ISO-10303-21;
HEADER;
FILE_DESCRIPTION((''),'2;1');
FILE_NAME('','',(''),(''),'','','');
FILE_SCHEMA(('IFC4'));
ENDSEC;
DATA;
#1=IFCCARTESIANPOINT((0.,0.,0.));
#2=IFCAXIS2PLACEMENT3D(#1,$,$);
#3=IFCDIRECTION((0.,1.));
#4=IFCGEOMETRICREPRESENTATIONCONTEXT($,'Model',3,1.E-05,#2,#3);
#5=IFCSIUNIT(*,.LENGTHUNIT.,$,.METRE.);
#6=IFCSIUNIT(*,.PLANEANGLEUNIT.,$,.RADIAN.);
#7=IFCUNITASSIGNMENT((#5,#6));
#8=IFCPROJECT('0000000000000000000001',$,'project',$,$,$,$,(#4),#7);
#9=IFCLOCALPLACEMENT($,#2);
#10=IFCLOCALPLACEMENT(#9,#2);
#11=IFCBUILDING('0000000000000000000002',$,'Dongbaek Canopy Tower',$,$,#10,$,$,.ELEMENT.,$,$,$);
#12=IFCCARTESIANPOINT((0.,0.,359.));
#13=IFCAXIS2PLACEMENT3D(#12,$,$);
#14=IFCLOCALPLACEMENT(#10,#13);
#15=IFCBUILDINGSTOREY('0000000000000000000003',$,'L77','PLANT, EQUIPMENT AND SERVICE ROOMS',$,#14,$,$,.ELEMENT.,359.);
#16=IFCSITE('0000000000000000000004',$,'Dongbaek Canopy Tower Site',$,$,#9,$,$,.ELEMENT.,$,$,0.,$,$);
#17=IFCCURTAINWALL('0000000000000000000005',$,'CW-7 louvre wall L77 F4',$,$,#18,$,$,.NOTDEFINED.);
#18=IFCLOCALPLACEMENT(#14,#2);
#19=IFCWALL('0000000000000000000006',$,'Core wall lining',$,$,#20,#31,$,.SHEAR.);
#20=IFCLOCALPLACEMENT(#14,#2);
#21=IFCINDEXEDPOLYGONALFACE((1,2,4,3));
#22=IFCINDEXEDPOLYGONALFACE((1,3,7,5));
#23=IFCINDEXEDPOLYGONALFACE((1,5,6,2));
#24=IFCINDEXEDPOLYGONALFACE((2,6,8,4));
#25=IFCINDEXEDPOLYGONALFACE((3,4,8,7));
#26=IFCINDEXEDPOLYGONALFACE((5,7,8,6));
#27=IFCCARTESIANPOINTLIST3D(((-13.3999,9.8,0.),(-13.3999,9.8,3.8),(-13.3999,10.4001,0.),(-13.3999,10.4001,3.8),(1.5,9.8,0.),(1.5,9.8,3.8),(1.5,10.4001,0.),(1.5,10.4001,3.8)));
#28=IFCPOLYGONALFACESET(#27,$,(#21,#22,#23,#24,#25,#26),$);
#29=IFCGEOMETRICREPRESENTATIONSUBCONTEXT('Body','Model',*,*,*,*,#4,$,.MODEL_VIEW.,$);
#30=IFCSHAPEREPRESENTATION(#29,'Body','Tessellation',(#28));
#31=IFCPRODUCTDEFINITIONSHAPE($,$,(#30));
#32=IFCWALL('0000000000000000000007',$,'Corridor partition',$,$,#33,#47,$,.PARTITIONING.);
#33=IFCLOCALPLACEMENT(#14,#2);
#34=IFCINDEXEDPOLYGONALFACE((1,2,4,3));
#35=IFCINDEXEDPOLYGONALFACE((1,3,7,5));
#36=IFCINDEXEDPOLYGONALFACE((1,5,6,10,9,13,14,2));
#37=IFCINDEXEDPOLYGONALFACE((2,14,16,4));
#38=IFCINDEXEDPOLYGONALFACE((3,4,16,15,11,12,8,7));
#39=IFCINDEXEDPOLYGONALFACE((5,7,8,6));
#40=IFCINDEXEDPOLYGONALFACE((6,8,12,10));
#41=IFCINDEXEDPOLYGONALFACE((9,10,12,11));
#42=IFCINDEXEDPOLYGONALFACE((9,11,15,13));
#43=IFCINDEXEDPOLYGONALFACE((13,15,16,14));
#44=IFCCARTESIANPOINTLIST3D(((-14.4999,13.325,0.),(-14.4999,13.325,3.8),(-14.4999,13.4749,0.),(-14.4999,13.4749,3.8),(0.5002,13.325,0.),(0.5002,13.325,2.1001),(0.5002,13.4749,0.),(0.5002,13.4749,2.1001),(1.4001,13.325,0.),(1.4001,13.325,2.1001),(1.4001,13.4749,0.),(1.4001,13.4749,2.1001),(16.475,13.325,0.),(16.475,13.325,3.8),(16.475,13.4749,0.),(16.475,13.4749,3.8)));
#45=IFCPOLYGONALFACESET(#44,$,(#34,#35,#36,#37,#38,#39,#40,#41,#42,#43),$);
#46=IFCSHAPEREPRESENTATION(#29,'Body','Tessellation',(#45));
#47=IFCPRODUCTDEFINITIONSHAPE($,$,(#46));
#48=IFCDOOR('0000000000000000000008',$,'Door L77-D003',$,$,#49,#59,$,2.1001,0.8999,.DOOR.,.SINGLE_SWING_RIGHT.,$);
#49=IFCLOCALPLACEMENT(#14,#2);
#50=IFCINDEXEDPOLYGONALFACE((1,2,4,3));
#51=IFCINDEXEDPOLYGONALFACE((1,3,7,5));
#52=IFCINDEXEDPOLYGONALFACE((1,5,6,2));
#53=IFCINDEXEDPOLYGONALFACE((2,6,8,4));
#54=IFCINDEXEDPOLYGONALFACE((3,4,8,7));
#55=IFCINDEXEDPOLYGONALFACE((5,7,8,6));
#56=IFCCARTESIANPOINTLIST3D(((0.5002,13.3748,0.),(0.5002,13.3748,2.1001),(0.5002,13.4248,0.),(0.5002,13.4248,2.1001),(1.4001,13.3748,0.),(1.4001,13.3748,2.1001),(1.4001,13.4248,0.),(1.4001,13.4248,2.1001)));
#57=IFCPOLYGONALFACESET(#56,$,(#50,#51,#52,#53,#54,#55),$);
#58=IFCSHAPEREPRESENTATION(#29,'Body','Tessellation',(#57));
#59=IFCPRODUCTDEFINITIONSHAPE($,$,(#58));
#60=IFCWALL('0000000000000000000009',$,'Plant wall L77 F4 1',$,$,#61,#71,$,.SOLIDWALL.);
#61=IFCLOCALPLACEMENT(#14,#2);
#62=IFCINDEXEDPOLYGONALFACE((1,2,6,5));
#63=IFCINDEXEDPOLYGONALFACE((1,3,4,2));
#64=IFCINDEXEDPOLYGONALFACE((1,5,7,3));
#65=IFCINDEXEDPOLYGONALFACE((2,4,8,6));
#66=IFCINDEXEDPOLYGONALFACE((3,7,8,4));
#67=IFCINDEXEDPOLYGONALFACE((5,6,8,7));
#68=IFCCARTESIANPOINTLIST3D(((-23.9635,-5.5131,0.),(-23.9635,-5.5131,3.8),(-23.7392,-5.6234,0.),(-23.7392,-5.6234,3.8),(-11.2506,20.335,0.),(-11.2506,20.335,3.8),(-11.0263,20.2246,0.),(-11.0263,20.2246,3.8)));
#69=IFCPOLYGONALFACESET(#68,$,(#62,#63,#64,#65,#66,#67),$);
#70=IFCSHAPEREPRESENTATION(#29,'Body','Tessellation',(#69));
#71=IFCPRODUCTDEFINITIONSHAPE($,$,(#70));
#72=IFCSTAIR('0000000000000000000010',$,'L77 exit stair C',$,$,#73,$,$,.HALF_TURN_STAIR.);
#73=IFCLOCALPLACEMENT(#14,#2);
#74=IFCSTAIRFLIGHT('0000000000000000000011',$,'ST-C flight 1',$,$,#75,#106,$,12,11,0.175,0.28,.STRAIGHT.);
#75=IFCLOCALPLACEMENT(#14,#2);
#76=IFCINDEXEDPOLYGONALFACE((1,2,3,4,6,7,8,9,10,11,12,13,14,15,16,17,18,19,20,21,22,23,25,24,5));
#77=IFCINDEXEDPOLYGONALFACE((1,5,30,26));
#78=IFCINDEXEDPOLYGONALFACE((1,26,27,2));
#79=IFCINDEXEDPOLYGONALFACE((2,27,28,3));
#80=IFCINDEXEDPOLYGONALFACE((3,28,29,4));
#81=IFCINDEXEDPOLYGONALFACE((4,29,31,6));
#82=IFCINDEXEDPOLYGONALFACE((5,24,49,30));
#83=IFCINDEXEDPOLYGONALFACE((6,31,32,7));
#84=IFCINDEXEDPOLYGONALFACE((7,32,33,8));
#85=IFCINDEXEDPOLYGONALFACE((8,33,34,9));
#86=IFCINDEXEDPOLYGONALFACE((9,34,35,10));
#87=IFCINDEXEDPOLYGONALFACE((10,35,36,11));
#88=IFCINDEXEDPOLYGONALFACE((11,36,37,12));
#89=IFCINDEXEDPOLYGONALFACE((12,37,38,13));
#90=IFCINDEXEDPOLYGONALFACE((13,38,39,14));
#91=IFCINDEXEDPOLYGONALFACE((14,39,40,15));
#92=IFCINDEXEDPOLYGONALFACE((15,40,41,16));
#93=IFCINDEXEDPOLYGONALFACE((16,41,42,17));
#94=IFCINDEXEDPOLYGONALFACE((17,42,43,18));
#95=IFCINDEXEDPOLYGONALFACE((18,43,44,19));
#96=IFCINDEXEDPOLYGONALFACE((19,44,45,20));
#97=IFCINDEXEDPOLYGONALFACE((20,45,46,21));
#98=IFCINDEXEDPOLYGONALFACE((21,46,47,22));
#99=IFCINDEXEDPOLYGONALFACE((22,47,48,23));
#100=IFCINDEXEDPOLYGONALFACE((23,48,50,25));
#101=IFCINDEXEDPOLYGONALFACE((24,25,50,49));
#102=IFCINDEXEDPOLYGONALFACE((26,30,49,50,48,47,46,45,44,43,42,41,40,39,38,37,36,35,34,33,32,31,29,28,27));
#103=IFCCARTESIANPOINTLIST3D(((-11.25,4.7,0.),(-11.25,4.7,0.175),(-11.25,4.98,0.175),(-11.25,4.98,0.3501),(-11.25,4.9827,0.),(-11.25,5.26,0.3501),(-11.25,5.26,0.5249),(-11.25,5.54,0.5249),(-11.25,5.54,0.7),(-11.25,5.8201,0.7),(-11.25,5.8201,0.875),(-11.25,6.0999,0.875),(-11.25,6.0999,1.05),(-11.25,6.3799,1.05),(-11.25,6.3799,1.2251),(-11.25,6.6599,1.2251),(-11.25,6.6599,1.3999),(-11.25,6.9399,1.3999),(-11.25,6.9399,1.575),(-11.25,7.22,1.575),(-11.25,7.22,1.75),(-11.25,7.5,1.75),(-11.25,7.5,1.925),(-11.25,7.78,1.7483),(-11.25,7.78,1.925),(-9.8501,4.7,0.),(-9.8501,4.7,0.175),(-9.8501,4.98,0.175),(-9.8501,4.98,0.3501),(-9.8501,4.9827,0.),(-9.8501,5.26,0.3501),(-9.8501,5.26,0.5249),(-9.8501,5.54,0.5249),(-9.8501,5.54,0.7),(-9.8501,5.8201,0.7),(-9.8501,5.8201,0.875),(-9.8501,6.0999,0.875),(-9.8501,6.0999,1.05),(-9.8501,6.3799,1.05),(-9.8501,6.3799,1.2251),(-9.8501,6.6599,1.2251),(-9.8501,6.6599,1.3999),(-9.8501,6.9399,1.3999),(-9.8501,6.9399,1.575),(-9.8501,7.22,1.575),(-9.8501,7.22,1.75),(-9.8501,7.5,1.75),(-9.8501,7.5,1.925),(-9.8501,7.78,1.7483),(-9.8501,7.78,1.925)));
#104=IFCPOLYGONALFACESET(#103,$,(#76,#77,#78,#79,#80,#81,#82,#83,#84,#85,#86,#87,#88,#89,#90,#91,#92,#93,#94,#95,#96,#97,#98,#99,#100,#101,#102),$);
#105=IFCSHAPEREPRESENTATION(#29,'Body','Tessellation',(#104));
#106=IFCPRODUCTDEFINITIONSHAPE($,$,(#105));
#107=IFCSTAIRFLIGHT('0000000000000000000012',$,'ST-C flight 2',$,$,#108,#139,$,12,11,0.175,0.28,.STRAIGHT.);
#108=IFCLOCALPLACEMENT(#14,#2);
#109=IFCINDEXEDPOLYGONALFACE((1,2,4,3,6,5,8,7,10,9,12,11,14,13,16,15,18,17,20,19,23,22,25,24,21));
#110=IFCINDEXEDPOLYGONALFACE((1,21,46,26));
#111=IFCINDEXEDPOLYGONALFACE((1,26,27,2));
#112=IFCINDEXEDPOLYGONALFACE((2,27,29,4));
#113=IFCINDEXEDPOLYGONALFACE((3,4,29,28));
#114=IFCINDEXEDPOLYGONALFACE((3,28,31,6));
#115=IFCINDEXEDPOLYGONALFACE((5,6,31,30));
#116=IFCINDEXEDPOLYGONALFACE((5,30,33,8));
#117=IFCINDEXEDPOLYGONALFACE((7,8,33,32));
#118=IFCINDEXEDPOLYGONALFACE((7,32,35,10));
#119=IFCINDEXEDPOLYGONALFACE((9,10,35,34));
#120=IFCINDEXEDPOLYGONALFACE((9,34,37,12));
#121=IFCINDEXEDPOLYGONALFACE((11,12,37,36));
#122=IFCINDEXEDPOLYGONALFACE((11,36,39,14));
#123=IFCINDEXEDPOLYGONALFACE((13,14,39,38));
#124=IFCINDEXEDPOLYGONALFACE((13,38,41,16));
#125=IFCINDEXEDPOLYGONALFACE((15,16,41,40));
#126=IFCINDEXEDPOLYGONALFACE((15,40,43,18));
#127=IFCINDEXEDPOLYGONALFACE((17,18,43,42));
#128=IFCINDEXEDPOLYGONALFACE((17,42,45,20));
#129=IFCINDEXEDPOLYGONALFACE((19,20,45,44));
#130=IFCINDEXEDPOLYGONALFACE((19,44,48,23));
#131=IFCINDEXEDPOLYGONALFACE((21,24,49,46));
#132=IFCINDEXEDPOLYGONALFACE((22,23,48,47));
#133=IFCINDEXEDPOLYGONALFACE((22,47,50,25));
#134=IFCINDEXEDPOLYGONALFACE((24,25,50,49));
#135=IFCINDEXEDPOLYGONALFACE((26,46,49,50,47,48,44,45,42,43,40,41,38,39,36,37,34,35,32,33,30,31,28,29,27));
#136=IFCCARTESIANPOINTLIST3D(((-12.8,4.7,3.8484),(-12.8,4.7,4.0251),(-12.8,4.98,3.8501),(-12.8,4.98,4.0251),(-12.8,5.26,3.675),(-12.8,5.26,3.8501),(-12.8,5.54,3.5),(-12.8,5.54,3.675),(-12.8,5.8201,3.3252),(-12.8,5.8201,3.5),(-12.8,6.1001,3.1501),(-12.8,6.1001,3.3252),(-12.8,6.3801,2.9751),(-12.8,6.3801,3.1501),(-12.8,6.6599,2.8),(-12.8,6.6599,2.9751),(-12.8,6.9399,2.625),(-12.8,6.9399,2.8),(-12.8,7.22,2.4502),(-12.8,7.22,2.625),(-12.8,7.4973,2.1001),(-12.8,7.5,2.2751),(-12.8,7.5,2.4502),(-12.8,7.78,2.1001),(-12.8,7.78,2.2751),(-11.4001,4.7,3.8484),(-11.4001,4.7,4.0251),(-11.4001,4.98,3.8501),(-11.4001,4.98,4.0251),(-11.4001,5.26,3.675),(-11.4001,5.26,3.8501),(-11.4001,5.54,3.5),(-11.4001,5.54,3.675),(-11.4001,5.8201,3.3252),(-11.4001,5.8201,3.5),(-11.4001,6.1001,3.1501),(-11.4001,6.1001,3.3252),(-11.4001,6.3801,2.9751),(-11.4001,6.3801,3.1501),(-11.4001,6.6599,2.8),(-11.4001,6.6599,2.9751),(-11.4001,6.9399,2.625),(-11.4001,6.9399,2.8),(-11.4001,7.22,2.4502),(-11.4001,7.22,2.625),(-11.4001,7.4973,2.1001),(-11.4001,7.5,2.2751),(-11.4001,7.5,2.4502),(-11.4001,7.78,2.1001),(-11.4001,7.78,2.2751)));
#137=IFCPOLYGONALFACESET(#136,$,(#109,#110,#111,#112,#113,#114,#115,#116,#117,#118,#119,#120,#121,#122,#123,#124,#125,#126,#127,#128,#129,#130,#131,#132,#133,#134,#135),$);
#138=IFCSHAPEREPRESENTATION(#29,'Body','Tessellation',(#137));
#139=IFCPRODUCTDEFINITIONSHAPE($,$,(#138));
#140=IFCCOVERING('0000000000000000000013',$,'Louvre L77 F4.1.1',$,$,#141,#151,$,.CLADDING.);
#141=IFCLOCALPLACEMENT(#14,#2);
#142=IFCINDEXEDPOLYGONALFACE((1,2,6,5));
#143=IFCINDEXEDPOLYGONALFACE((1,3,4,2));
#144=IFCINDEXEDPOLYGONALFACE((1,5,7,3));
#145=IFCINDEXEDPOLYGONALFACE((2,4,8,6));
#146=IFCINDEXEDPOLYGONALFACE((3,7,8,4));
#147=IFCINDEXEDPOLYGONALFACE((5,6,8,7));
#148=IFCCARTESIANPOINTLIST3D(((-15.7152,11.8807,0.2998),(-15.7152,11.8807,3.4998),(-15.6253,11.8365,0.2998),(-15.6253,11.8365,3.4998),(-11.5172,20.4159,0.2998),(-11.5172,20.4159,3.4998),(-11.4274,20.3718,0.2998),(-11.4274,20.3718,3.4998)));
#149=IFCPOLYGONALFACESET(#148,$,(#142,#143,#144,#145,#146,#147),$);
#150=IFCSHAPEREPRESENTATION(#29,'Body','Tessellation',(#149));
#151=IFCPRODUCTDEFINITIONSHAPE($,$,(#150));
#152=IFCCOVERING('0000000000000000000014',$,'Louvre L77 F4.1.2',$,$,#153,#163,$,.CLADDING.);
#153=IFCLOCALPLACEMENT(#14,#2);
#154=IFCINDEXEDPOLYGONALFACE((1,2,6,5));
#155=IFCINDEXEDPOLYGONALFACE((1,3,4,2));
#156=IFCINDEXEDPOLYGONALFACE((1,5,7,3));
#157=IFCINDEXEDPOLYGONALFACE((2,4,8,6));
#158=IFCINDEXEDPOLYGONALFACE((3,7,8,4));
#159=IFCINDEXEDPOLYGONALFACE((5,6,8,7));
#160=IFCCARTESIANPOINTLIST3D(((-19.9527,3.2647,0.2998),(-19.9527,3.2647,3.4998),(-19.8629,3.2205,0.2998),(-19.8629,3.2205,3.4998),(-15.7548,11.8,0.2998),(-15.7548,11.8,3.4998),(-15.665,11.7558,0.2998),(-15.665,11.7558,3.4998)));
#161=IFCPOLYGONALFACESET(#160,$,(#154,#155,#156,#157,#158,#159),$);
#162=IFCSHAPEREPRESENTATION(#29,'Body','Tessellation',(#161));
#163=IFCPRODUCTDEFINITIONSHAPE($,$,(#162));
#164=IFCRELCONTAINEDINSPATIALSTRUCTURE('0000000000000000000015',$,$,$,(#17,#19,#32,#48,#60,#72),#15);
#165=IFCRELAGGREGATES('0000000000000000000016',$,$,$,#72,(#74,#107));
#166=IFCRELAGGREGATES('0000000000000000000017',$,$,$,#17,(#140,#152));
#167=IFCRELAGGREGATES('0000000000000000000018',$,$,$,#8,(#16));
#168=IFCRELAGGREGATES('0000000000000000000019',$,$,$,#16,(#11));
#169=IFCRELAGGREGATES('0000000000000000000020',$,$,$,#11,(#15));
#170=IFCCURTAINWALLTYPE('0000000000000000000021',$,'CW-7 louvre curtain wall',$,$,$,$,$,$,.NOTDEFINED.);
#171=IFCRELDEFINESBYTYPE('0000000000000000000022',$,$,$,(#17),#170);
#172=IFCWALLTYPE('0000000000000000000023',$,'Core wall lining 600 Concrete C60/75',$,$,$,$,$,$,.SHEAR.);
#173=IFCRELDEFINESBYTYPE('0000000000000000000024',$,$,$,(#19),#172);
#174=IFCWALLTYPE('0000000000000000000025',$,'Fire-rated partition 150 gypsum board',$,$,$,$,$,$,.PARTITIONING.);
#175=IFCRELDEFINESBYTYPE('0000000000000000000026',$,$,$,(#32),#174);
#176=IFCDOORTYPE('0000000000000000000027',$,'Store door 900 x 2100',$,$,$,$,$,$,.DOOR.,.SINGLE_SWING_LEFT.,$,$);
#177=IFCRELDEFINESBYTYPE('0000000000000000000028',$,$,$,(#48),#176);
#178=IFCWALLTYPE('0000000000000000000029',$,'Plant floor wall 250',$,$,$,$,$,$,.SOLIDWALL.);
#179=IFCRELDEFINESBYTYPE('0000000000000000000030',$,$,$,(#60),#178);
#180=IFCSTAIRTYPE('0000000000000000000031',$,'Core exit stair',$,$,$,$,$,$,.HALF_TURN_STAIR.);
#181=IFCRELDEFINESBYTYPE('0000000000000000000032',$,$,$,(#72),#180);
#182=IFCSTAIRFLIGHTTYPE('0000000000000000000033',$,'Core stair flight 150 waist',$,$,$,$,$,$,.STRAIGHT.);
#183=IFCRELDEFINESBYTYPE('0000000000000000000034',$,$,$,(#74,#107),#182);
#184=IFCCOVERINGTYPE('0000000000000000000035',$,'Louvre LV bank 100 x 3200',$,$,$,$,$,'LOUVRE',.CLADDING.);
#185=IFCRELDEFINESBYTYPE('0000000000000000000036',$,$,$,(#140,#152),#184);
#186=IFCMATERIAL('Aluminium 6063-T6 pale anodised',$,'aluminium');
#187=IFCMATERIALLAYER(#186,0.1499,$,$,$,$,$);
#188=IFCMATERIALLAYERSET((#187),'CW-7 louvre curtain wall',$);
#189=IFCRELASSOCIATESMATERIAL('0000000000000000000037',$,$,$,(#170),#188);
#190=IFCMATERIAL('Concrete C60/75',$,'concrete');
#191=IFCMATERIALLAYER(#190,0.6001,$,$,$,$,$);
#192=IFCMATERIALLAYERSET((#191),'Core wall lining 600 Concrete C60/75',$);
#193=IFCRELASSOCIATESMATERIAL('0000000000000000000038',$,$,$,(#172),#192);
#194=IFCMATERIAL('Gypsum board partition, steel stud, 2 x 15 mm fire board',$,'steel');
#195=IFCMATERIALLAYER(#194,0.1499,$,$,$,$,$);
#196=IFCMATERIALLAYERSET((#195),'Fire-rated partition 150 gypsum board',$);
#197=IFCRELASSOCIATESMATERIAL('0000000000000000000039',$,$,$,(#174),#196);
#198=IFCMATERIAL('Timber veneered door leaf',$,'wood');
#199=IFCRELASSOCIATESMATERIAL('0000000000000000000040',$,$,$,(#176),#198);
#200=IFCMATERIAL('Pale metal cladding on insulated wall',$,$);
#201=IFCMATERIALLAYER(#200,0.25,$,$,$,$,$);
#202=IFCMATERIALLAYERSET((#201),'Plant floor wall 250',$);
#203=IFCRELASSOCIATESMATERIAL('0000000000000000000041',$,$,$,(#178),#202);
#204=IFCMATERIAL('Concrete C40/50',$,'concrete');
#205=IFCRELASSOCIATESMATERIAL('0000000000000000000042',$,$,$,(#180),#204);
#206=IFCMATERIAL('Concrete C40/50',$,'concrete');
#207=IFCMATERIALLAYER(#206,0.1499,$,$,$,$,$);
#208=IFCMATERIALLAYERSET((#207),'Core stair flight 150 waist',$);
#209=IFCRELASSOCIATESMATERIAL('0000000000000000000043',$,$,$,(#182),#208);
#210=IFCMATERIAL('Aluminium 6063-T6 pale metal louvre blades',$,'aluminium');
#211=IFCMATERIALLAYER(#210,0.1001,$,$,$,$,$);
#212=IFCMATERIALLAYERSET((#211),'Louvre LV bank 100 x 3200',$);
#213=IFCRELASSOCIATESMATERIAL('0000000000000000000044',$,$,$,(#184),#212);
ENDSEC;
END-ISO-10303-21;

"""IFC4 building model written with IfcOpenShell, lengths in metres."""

from ifc_helpers import new_model, si_unit, direction, frame, frame_2d, origin, origin_2d, place, context, subcontext, project, spatial, polyline, rectangle, outline, extrude, material, layer, layer_set, type_object, element, fill, aggregate, save


model = new_model("IFC4")

# Units and contexts
model_context = context("Model", 3, precision=1e-05, world=origin(), true_north=direction((0.0, 1.0)))
body_context = subcontext(model_context, "Body", "Model", "MODEL_VIEW")
ifc_project = project(units=[si_unit("LENGTHUNIT", "METRE"), si_unit("PLANEANGLEUNIT", "RADIAN")], contexts=[model_context])

# Site, building, storey
site_placement = place(None, origin())
site = spatial("IfcSite", under=ifc_project, at=site_placement, Name="Dongbaek Canopy Tower Site", CompositionType="ELEMENT", RefElevation=0.0)
building_placement = place(site_placement, origin())
building = spatial("IfcBuilding", under=site, at=building_placement, Name="Dongbaek Canopy Tower", CompositionType="ELEMENT")
storey_placement = place(building_placement, frame((0.0, 0.0, 359.0)))
storey = spatial("IfcBuildingStorey", under=building, at=storey_placement, Name="L77", Description="PLANT, EQUIPMENT AND SERVICE ROOMS", CompositionType="ELEMENT", Elevation=359.0)

# Shared definitions
ifc_material_1 = material(Name="Aluminium 6063-T6 pale anodised", Category="aluminium")
ifc_layer_1 = layer(ifc_material_1, 0.1499)
ifc_layer_set_1 = layer_set([ifc_layer_1], Name="CW-7 louvre curtain wall")
curtain_wall_type = type_object("IfcCurtainWallType", Name="CW-7 louvre curtain wall", PredefinedType="NOTDEFINED", material=ifc_layer_set_1)

# Curtain wall
curtain_wall_1_placement = place(storey_placement, origin())
curtain_wall_1 = element("IfcCurtainWall", 1, at=curtain_wall_1_placement, inside=storey, type_object=curtain_wall_type, Name="CW-7 louvre wall L77 F4", PredefinedType="NOTDEFINED")

# Wall
ifc_material_2 = material(Name="Concrete C60/75", Category="concrete")
ifc_layer_2 = layer(ifc_material_2, 0.6001)
ifc_layer_set_2 = layer_set([ifc_layer_2], Name="Core wall lining 600 Concrete C60/75")
wall_type_1 = type_object("IfcWallType", Name="Core wall lining 600 Concrete C60/75", PredefinedType="SHEAR", material=ifc_layer_set_2)
wall_1_placement = place(storey_placement, frame((-13.3999, 10.1001, 0.0), z_axis=(0.0, 0.0, 1.0), x_axis=(1.0, 0.0, 0.0)))
element("IfcWall", 2, at=wall_1_placement, inside=storey, type_object=wall_type_1, Name="Core wall lining", PredefinedType="SHEAR", context=body_context, shape_type="SweptSolid", body=[
    extrude(rectangle(XDim=14.8999, YDim=0.6001, at=frame_2d((7.45, 0.0))), origin(), (0.0, 0.0, 1.0), 3.8),
])

# Wall, opening, door
ifc_material_3 = material(Name="Gypsum board partition, steel stud, 2 x 15 mm fire board", Category="steel")
ifc_layer_3 = layer(ifc_material_3, 0.1499)
ifc_layer_set_3 = layer_set([ifc_layer_3], Name="Fire-rated partition 150 gypsum board")
wall_type_2 = type_object("IfcWallType", Name="Fire-rated partition 150 gypsum board", PredefinedType="PARTITIONING", material=ifc_layer_set_3)
wall_2_placement = place(storey_placement, frame((-14.4998, 13.3999, 0.0), z_axis=(0.0, 0.0, 1.0), x_axis=(1.0, 0.0, 0.0)))
wall_2 = element("IfcWall", 3, at=wall_2_placement, inside=storey, type_object=wall_type_2, Name="Corridor partition", PredefinedType="PARTITIONING", context=body_context, shape_type="SweptSolid", body=[
    extrude(rectangle(XDim=30.9749, YDim=0.1499, at=frame_2d((15.4873, 0.0))), origin(), (0.0, 0.0, 1.0), 3.8),
])
opening_1_placement = place(wall_2_placement, frame((15.0, 0.0, 0.0)))
opening_1 = element("IfcOpeningElement", 4, at=opening_1_placement, cuts=wall_2, PredefinedType="OPENING", context=body_context, shape_type="SweptSolid", body=[
    extrude(rectangle(XDim=0.8999, YDim=2.1001, at=frame_2d((0.45, 1.05))), frame((0.0, 0.085, 0.0), z_axis=(0.0, -1.0, 0.0), x_axis=(1.0, 0.0, 0.0)), (0.0, 0.0, 1.0), 0.1699),
])
ifc_material_4 = material(Name="Timber veneered door leaf", Category="wood")
door_type_1 = type_object("IfcDoorType", Name="Store door 900 x 2100", OperationType="SINGLE_SWING_LEFT", PredefinedType="DOOR", material=ifc_material_4)
door_1_placement = place(opening_1_placement, origin())
door_1 = element("IfcDoor", 5, at=door_1_placement, inside=storey, type_object=door_type_1, Name="Door L77-D003", OperationType="SINGLE_SWING_RIGHT", OverallHeight=2.1001, OverallWidth=0.8999, PredefinedType="DOOR", context=body_context, shape_type="SweptSolid", body=[
    extrude(rectangle(XDim=0.8999, YDim=2.1001, at=frame_2d((0.45, 1.05))), frame((0.0, 0.0249, 0.0), z_axis=(0.0, -1.0, 0.0), x_axis=(1.0, 0.0, 0.0)), (0.0, 0.0, 1.0), 0.05),
])
fill(opening_1, door_1)

# Wall
ifc_material_5 = material(Name="Pale metal cladding on insulated wall")
ifc_layer_4 = layer(ifc_material_5, 0.25)
ifc_layer_set_4 = layer_set([ifc_layer_4], Name="Plant floor wall 250")
wall_type_3 = type_object("IfcWallType", Name="Plant floor wall 250", PredefinedType="SOLIDWALL", material=ifc_layer_set_4)
wall_3_placement = place(storey_placement, frame((-11.1384, 20.2798, 0.0), z_axis=(0.0, 0.0, 1.0), x_axis=(-0.441342, -0.897339, 0.0)))
element("IfcWall", 6, at=wall_3_placement, inside=storey, type_object=wall_type_3, Name="Plant wall L77 F4 1", PredefinedType="SOLIDWALL", context=body_context, shape_type="SweptSolid", body=[
    extrude(rectangle(XDim=28.8052, YDim=0.25, at=frame_2d((14.4026, 0.0))), origin(), (0.0, 0.0, 1.0), 3.8),
])

# Stair, stair flights
ifc_material_6 = material(Name="Concrete C40/50", Category="concrete")
stair_type = type_object("IfcStairType", Name="Core exit stair", PredefinedType="HALF_TURN_STAIR", material=ifc_material_6)
stair_placement = place(storey_placement, origin())
stair = element("IfcStair", 7, at=stair_placement, inside=storey, type_object=stair_type, Name="L77 exit stair C", PredefinedType="HALF_TURN_STAIR")
ifc_material_7 = material(Name="Concrete C40/50", Category="concrete")
ifc_layer_5 = layer(ifc_material_7, 0.1499)
ifc_layer_set_5 = layer_set([ifc_layer_5], Name="Core stair flight 150 waist")
stair_flight_type = type_object("IfcStairFlightType", Name="Core stair flight 150 waist", PredefinedType="STRAIGHT", material=ifc_layer_set_5)
stair_flight_1_placement = place(storey_placement, frame((-10.55, 4.7, 0.0), z_axis=(0.0, 0.0, 1.0), x_axis=(0.0, 1.0, 0.0)))
stair_flight_1 = element("IfcStairFlight", 8, at=stair_flight_1_placement, type_object=stair_flight_type, Name="ST-C flight 1", NumberOfRisers=12, NumberOfTreads=11, PredefinedType="STRAIGHT", RiserHeight=0.175, TreadLength=0.28, context=body_context, shape_type="SweptSolid", body=[
    extrude(outline(polyline([(0.0, 0.0), (0.0, 0.175), (0.28, 0.175), (0.28, 0.3501), (0.5601, 0.3501), (0.5601, 0.5249), (0.8401, 0.5249), (0.8401, 0.7), (1.1201, 0.7), (1.1201, 0.875), (1.3999, 0.875), (1.3999, 1.05), (1.6799, 1.05), (1.6799, 1.2251), (1.96, 1.2251), (1.96, 1.3999), (2.24, 1.3999), (2.24, 1.575), (2.52, 1.575), (2.52, 1.75), (2.8, 1.75), (2.8, 1.925), (3.0801, 1.925), (3.0801, 2.1001), (3.0801, 1.7483), (0.2827, 0.0), (0.0, 0.0)])), frame((0.0, 0.7, 0.0), z_axis=(0.0, -1.0, 0.0), x_axis=(1.0, 0.0, 0.0)), (0.0, 0.0, 1.0), 1.3999),
])
stair_flight_2_placement = place(storey_placement, frame((-12.1001, 7.78, 2.1001), z_axis=(0.0, 0.0, 1.0), x_axis=(0.0, -1.0, 0.0)))
stair_flight_2 = element("IfcStairFlight", 9, at=stair_flight_2_placement, type_object=stair_flight_type, Name="ST-C flight 2", NumberOfRisers=12, NumberOfTreads=11, PredefinedType="STRAIGHT", RiserHeight=0.175, TreadLength=0.28, context=body_context, shape_type="SweptSolid", body=[
    extrude(outline(polyline([(0.0, 0.0), (0.0, 0.175), (0.28, 0.175), (0.28, 0.3501), (0.5601, 0.3501), (0.5601, 0.5249), (0.8401, 0.5249), (0.8401, 0.7), (1.1201, 0.7), (1.1201, 0.875), (1.3999, 0.875), (1.3999, 1.05), (1.6799, 1.05), (1.6799, 1.2251), (1.96, 1.2251), (1.96, 1.3999), (2.24, 1.3999), (2.24, 1.575), (2.52, 1.575), (2.52, 1.75), (2.8, 1.75), (2.8, 1.925), (3.0801, 1.925), (3.0801, 2.1001), (3.0801, 1.7483), (0.2827, 0.0), (0.0, 0.0)])), frame((0.0, 0.7, 0.0), z_axis=(0.0, -1.0, 0.0), x_axis=(1.0, 0.0, 0.0)), (0.0, 0.0, 1.0), 1.3999),
])
aggregate(stair, [stair_flight_1, stair_flight_2])

# Coverings
ifc_material_8 = material(Name="Aluminium 6063-T6 pale metal louvre blades", Category="aluminium")
ifc_layer_6 = layer(ifc_material_8, 0.1001)
ifc_layer_set_6 = layer_set([ifc_layer_6], Name="Louvre LV bank 100 x 3200")
covering_type = type_object("IfcCoveringType", Name="Louvre LV bank 100 x 3200", ElementType="LOUVRE", PredefinedType="CLADDING", material=ifc_layer_set_6)
covering_1_placement = place(storey_placement, frame((-13.5713, 16.1262, 0.2998), z_axis=(0.0, 0.0, 1.0), x_axis=(-0.441342, -0.897339, 0.0)))
covering_1 = element("IfcCovering", 10, at=covering_1_placement, type_object=covering_type, Name="Louvre L77 F4.1.1", PredefinedType="CLADDING", context=body_context, shape_type="SweptSolid", body=[
    extrude(rectangle(XDim=9.5117, YDim=0.1001, at=origin_2d()), origin(), (0.0, 0.0, 1.0), 3.2),
])
covering_2_placement = place(storey_placement, frame((-17.8088, 7.5103, 0.2998), z_axis=(0.0, 0.0, 1.0), x_axis=(-0.441342, -0.897339, 0.0)))
covering_2 = element("IfcCovering", 11, at=covering_2_placement, type_object=covering_type, Name="Louvre L77 F4.1.2", PredefinedType="CLADDING", context=body_context, shape_type="SweptSolid", body=[
    extrude(rectangle(XDim=9.5117, YDim=0.1001, at=origin_2d()), origin(), (0.0, 0.0, 1.0), 3.2),
])

aggregate(curtain_wall_1, [covering_1, covering_2])

save(model, "model.ifc")
